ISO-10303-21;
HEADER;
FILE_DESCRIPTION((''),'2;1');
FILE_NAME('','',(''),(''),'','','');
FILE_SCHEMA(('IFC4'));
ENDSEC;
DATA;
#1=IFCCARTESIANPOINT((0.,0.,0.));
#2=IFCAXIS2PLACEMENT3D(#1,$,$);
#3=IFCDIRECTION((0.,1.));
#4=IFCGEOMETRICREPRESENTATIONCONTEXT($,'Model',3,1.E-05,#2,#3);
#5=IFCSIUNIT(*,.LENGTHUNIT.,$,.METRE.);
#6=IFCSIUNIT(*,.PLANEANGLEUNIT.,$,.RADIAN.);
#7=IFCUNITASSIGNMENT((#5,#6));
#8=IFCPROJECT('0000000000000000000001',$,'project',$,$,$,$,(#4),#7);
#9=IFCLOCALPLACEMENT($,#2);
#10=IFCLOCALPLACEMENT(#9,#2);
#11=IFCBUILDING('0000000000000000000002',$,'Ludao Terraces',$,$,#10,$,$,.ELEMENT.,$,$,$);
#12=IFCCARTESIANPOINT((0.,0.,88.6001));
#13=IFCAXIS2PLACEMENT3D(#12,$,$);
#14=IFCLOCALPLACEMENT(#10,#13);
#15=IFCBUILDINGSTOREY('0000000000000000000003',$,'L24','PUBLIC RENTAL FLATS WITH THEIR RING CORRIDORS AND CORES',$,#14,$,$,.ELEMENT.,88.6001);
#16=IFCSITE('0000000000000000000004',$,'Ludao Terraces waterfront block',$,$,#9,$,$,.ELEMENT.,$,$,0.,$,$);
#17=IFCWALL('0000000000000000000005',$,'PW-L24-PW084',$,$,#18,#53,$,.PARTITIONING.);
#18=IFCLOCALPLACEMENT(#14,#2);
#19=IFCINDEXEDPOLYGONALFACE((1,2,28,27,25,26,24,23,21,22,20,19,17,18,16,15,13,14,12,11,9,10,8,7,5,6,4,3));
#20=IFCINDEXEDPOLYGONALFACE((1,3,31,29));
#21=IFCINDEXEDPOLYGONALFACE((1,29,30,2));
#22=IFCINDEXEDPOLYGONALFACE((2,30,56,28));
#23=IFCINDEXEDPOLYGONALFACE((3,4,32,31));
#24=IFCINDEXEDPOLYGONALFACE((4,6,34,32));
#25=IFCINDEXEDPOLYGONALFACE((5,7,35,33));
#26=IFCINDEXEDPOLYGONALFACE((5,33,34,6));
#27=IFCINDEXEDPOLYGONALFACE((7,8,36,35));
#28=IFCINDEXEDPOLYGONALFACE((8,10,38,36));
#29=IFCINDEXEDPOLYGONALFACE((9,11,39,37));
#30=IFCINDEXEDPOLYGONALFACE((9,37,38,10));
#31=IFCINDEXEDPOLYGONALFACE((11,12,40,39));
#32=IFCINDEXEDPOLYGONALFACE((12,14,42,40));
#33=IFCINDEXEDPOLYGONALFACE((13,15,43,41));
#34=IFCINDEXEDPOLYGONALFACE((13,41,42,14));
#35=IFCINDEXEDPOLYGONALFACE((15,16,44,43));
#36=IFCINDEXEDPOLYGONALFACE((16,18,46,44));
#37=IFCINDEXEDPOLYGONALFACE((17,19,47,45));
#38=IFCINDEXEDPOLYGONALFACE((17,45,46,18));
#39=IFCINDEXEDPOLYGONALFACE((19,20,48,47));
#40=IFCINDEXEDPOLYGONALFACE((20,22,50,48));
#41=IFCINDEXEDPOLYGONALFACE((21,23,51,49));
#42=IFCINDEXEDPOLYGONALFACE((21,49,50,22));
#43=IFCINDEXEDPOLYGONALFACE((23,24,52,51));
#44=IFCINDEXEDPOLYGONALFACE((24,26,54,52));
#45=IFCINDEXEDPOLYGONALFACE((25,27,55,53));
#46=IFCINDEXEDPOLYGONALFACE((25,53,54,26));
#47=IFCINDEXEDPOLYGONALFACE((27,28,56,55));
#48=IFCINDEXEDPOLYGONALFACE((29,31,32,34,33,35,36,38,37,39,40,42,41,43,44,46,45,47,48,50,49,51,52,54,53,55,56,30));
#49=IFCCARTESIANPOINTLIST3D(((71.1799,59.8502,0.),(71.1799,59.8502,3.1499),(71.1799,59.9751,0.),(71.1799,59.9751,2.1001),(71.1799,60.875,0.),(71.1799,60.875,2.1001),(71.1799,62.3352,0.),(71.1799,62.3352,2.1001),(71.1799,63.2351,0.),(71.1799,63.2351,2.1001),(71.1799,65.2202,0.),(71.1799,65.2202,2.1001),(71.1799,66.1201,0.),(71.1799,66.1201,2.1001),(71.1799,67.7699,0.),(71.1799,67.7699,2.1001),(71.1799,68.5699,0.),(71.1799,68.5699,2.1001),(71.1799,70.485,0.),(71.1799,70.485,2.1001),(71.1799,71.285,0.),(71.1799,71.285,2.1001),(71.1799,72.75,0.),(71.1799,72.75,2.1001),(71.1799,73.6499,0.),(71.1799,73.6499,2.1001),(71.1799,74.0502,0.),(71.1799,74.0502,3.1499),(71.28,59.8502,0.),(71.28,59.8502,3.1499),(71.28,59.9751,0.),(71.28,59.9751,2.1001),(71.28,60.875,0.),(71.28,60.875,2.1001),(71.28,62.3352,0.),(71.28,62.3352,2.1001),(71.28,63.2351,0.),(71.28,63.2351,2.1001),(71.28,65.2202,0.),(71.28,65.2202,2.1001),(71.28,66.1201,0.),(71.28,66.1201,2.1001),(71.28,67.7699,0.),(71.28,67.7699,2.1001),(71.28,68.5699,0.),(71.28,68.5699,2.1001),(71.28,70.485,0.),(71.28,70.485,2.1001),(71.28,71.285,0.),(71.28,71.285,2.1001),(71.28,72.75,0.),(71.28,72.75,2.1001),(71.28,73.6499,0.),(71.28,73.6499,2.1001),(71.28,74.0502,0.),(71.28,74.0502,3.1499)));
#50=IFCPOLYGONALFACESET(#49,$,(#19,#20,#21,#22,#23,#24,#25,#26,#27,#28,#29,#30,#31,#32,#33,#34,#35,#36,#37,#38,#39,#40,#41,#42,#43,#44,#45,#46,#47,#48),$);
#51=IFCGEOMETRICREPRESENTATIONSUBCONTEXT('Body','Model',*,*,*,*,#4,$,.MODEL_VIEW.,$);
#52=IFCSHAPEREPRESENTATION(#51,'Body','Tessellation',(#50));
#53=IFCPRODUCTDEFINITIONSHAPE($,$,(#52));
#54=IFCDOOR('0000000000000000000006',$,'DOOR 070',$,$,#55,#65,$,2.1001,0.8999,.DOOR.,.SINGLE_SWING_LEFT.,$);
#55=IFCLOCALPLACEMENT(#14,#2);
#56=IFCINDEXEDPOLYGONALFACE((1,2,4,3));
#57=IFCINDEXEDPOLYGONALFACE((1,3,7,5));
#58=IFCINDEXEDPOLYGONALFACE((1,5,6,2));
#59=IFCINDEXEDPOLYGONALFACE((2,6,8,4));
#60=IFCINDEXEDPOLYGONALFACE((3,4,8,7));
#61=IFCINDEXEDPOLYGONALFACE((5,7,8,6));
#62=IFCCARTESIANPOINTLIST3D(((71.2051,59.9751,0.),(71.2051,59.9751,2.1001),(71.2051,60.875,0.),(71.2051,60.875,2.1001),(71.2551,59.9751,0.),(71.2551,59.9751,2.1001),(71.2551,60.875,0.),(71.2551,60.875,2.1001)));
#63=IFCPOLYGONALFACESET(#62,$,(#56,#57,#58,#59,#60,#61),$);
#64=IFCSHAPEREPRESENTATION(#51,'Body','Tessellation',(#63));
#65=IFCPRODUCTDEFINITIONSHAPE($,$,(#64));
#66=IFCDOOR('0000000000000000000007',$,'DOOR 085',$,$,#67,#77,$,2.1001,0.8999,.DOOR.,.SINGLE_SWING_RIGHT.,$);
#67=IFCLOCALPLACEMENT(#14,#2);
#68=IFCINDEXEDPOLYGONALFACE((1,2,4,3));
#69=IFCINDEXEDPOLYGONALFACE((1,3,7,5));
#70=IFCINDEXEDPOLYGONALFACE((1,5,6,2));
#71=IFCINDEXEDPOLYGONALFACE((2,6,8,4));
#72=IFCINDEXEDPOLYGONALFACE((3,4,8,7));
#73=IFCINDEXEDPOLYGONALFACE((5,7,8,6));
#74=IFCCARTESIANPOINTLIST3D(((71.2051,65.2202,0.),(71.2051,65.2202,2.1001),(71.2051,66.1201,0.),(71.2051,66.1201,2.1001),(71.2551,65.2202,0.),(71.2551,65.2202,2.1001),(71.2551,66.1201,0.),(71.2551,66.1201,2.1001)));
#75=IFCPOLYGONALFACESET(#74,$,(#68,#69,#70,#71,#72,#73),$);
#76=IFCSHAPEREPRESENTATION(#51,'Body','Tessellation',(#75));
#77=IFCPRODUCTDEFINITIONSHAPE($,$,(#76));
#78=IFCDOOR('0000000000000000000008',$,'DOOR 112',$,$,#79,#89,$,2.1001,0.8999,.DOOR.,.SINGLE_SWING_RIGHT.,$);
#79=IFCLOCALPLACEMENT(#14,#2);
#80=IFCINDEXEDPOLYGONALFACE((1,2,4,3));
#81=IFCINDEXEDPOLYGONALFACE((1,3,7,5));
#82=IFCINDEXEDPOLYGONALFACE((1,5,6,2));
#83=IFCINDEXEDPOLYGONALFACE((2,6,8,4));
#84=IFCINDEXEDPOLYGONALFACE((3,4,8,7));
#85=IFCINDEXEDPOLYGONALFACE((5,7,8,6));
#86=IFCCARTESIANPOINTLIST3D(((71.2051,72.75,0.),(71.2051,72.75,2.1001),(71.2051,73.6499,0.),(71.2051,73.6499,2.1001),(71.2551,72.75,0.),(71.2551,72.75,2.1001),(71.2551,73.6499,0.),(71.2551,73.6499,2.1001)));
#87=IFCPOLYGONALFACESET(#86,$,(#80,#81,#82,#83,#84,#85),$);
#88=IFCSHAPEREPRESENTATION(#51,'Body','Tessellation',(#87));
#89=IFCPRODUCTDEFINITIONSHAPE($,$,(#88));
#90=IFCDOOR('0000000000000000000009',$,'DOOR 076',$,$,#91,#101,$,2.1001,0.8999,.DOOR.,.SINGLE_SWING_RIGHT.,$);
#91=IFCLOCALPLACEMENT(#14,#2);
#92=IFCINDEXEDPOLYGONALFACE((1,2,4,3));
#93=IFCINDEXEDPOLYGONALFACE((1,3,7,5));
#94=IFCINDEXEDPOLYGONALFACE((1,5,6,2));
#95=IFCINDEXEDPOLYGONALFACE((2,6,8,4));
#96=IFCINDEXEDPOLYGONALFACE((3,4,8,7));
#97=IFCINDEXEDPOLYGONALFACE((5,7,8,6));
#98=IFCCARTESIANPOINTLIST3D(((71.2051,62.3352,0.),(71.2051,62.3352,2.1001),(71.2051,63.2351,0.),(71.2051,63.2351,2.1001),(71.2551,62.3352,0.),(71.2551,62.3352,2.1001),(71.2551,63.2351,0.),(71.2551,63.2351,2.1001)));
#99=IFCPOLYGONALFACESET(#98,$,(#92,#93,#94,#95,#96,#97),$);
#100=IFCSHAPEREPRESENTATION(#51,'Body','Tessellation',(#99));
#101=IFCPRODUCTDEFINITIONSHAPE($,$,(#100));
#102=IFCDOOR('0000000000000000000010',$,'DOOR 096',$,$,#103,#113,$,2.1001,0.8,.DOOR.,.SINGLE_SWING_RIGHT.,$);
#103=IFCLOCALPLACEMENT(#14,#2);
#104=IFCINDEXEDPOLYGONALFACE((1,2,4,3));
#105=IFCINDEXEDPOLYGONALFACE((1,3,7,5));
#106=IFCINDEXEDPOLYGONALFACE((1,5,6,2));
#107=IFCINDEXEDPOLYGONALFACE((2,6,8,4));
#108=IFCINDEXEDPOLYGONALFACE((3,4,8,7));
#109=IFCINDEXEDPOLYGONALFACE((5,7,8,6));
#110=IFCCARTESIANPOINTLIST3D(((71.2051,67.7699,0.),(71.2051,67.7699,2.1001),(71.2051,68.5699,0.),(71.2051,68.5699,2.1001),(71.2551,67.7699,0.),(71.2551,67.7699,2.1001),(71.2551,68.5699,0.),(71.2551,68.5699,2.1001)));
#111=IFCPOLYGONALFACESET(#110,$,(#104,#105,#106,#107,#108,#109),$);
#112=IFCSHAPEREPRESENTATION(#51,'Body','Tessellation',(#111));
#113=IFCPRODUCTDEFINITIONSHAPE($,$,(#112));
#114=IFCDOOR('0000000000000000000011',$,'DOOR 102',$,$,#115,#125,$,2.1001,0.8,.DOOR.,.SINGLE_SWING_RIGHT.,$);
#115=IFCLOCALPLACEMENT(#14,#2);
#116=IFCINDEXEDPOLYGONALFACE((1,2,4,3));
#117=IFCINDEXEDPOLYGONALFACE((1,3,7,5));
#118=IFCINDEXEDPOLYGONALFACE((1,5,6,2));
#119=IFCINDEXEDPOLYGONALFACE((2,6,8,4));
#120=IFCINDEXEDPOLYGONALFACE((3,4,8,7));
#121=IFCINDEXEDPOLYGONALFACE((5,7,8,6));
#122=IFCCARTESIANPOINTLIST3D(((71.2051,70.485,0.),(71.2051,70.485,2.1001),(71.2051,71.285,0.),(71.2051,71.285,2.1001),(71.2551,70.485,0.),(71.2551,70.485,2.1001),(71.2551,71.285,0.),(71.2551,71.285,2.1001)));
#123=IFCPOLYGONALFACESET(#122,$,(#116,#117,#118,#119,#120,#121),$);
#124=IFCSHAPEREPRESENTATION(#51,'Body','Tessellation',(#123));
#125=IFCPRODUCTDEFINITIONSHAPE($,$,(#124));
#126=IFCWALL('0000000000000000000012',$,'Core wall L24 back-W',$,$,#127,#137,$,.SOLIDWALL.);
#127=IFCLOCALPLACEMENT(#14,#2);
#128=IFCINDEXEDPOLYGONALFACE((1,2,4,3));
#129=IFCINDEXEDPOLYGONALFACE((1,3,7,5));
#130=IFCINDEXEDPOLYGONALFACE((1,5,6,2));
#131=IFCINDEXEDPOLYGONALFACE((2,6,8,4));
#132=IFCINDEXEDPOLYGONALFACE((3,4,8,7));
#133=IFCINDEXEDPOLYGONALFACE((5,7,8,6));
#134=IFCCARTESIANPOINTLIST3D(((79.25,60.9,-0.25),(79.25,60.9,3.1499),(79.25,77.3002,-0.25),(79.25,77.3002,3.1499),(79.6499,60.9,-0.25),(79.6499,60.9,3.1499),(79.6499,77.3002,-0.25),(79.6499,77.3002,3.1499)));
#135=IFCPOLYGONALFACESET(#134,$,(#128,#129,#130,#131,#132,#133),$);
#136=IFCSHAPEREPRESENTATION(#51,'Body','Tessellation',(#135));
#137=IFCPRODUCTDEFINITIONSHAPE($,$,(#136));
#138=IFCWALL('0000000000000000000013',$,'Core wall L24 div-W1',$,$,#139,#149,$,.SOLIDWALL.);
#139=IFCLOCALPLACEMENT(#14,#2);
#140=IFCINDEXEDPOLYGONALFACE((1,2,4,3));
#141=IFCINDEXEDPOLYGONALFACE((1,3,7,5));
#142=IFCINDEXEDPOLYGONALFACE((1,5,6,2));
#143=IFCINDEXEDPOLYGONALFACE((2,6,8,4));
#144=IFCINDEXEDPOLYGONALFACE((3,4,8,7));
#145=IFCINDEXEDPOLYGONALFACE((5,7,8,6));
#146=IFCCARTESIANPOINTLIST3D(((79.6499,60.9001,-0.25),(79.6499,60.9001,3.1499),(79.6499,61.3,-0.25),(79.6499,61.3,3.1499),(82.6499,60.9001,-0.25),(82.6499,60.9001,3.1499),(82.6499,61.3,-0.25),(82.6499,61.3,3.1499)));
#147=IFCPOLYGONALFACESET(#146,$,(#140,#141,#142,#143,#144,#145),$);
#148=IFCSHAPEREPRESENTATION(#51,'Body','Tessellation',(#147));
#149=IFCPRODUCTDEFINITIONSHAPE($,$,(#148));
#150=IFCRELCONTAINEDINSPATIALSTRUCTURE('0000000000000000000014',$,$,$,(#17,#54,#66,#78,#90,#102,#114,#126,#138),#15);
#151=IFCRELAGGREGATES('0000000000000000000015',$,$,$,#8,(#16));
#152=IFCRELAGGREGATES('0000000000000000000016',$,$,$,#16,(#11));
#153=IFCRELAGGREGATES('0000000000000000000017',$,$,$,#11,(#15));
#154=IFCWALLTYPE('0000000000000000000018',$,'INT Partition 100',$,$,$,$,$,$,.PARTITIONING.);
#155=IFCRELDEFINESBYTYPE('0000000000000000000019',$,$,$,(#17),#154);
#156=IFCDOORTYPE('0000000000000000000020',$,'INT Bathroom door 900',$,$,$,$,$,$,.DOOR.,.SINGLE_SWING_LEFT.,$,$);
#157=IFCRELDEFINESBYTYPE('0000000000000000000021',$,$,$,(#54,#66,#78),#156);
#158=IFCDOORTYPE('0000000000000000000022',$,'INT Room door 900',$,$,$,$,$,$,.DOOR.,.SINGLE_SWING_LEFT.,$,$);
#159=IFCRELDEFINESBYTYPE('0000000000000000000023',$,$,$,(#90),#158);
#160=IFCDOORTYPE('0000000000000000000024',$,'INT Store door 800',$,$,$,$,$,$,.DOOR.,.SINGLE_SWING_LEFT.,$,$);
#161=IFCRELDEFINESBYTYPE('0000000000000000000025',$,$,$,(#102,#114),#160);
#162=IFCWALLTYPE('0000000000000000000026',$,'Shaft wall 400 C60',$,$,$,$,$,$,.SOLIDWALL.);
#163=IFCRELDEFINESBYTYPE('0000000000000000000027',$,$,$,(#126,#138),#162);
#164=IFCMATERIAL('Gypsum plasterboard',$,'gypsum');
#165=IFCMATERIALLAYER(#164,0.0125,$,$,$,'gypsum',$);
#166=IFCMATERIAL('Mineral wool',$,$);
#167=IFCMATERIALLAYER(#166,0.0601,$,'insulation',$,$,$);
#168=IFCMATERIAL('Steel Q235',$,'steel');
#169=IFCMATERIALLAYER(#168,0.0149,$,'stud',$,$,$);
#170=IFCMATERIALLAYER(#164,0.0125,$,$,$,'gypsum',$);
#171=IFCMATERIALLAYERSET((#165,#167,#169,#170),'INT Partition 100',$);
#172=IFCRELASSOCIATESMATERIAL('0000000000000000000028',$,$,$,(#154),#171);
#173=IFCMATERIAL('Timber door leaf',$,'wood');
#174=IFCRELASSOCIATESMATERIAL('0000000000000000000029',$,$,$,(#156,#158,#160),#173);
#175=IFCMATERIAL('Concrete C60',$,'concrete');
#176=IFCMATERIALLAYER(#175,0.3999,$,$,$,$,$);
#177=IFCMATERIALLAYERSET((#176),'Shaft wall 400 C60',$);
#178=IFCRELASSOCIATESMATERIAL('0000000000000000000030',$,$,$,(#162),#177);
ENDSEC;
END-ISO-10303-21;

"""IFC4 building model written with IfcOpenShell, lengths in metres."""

from ifc_helpers import new_model, si_unit, direction, frame, frame_2d, origin, place, context, subcontext, project, spatial, rectangle, extrude, material, layer, layer_set, type_object, element, fill, save


model = new_model("IFC4")

# Units and contexts
model_context = context("Model", 3, precision=1e-05, world=origin(), true_north=direction((0.0, 1.0)))
body_context = subcontext(model_context, "Body", "Model", "MODEL_VIEW")
ifc_project = project(units=[si_unit("LENGTHUNIT", "METRE"), si_unit("PLANEANGLEUNIT", "RADIAN")], contexts=[model_context])

# Site, building, storey
site_placement = place(None, origin())
site = spatial("IfcSite", under=ifc_project, at=site_placement, Name="Ludao Terraces waterfront block", CompositionType="ELEMENT", RefElevation=0.0)
building_placement = place(site_placement, origin())
building = spatial("IfcBuilding", under=site, at=building_placement, Name="Ludao Terraces", CompositionType="ELEMENT")
storey_placement = place(building_placement, frame((0.0, 0.0, 88.6001)))
storey = spatial("IfcBuildingStorey", under=building, at=storey_placement, Name="L24", Description="PUBLIC RENTAL FLATS WITH THEIR RING CORRIDORS AND CORES", CompositionType="ELEMENT", Elevation=88.6001)

# Shared definitions
ifc_material_1 = material(Name="Mineral wool")
ifc_material_2 = material(Name="Steel Q235", Category="steel")

# Shared definitions
ifc_material_3 = material(Name="Gypsum plasterboard", Category="gypsum")
ifc_layer_1 = layer(ifc_material_3, 0.0125, Category="gypsum")
ifc_layer_2 = layer(ifc_material_1, 0.0601, Name="insulation")
ifc_layer_3 = layer(ifc_material_2, 0.0149, Name="stud")
ifc_layer_4 = layer(ifc_material_3, 0.0125, Category="gypsum")
ifc_layer_set_1 = layer_set([ifc_layer_1, ifc_layer_2, ifc_layer_3, ifc_layer_4], Name="INT Partition 100")
wall_type_1 = type_object("IfcWallType", Name="INT Partition 100", PredefinedType="PARTITIONING", material=ifc_layer_set_1)

# Wall, openings, doors
wall_1_placement = place(storey_placement, frame((71.23, 59.8501, 0.0), z_axis=(0.0, 0.0, 1.0), x_axis=(0.0, 1.0, 0.0)))
wall_1 = element("IfcWall", 1, at=wall_1_placement, inside=storey, type_object=wall_type_1, Name="PW-L24-PW084", PredefinedType="PARTITIONING", context=body_context, shape_type="SweptSolid", body=[
    extrude(rectangle(XDim=14.2, YDim=0.1001, at=frame_2d((7.1001, 0.0))), origin(), (0.0, 0.0, 1.0), 3.1499),
])
opening_1_placement = place(wall_1_placement, frame((0.125, 0.0, 0.0)))
opening_1 = element("IfcOpeningElement", 2, at=opening_1_placement, cuts=wall_1, PredefinedType="OPENING", context=body_context, shape_type="SweptSolid", body=[
    extrude(rectangle(XDim=0.8999, YDim=2.1001, at=frame_2d((0.45, 1.05))), frame((0.0, 0.0601, 0.0), z_axis=(0.0, -1.0, 0.0), x_axis=(1.0, 0.0, 0.0)), (0.0, 0.0, 1.0), 0.1201),
])
opening_2_placement = place(wall_1_placement, frame((2.4851, 0.0, 0.0)))
opening_2 = element("IfcOpeningElement", 3, at=opening_2_placement, cuts=wall_1, PredefinedType="OPENING", context=body_context, shape_type="SweptSolid", body=[
    extrude(rectangle(XDim=0.8999, YDim=2.1001, at=frame_2d((0.45, 1.05))), frame((0.0, 0.0601, 0.0), z_axis=(0.0, -1.0, 0.0), x_axis=(1.0, 0.0, 0.0)), (0.0, 0.0, 1.0), 0.1201),
])
opening_3_placement = place(wall_1_placement, frame((5.3701, 0.0, 0.0)))
opening_3 = element("IfcOpeningElement", 4, at=opening_3_placement, cuts=wall_1, PredefinedType="OPENING", context=body_context, shape_type="SweptSolid", body=[
    extrude(rectangle(XDim=0.8999, YDim=2.1001, at=frame_2d((0.45, 1.05))), frame((0.0, 0.0601, 0.0), z_axis=(0.0, -1.0, 0.0), x_axis=(1.0, 0.0, 0.0)), (0.0, 0.0, 1.0), 0.1201),
])
opening_4_placement = place(wall_1_placement, frame((7.9199, 0.0, 0.0)))
opening_4 = element("IfcOpeningElement", 5, at=opening_4_placement, cuts=wall_1, PredefinedType="OPENING", context=body_context, shape_type="SweptSolid", body=[
    extrude(rectangle(XDim=0.8, YDim=2.1001, at=frame_2d((0.3999, 1.05))), frame((0.0, 0.0601, 0.0), z_axis=(0.0, -1.0, 0.0), x_axis=(1.0, 0.0, 0.0)), (0.0, 0.0, 1.0), 0.1201),
])
opening_5_placement = place(wall_1_placement, frame((10.635, 0.0, 0.0)))
opening_5 = element("IfcOpeningElement", 6, at=opening_5_placement, cuts=wall_1, PredefinedType="OPENING", context=body_context, shape_type="SweptSolid", body=[
    extrude(rectangle(XDim=0.8, YDim=2.1001, at=frame_2d((0.3999, 1.05))), frame((0.0, 0.0601, 0.0), z_axis=(0.0, -1.0, 0.0), x_axis=(1.0, 0.0, 0.0)), (0.0, 0.0, 1.0), 0.1201),
])
opening_6_placement = place(wall_1_placement, frame((12.8999, 0.0, 0.0)))
opening_6 = element("IfcOpeningElement", 7, at=opening_6_placement, cuts=wall_1, PredefinedType="OPENING", context=body_context, shape_type="SweptSolid", body=[
    extrude(rectangle(XDim=0.8999, YDim=2.1001, at=frame_2d((0.45, 1.05))), frame((0.0, 0.0601, 0.0), z_axis=(0.0, -1.0, 0.0), x_axis=(1.0, 0.0, 0.0)), (0.0, 0.0, 1.0), 0.1201),
])
ifc_material_4 = material(Name="Timber door leaf", Category="wood")
door_type_1 = type_object("IfcDoorType", Name="INT Bathroom door 900", OperationType="SINGLE_SWING_LEFT", PredefinedType="DOOR", material=ifc_material_4)
door_1_placement = place(opening_1_placement, origin())
door_1 = element("IfcDoor", 8, at=door_1_placement, inside=storey, type_object=door_type_1, Name="DOOR 070", OperationType="SINGLE_SWING_LEFT", OverallHeight=2.1001, OverallWidth=0.8999, PredefinedType="DOOR", context=body_context, shape_type="SweptSolid", body=[
    extrude(rectangle(XDim=0.8999, YDim=2.1001, at=frame_2d((0.45, 1.05))), frame((0.0, 0.0249, 0.0), z_axis=(0.0, -1.0, 0.0), x_axis=(1.0, 0.0, 0.0)), (0.0, 0.0, 1.0), 0.05),
])
fill(opening_1, door_1)
door_2_placement = place(opening_3_placement, origin())
door_2 = element("IfcDoor", 9, at=door_2_placement, inside=storey, type_object=door_type_1, Name="DOOR 085", OperationType="SINGLE_SWING_RIGHT", OverallHeight=2.1001, OverallWidth=0.8999, PredefinedType="DOOR", context=body_context, shape_type="SweptSolid", body=[
    extrude(rectangle(XDim=0.8999, YDim=2.1001, at=frame_2d((0.45, 1.05))), frame((0.0, 0.0249, 0.0), z_axis=(0.0, -1.0, 0.0), x_axis=(1.0, 0.0, 0.0)), (0.0, 0.0, 1.0), 0.05),
])
fill(opening_3, door_2)
door_3_placement = place(opening_6_placement, origin())
door_3 = element("IfcDoor", 10, at=door_3_placement, inside=storey, type_object=door_type_1, Name="DOOR 112", OperationType="SINGLE_SWING_RIGHT", OverallHeight=2.1001, OverallWidth=0.8999, PredefinedType="DOOR", context=body_context, shape_type="SweptSolid", body=[
    extrude(rectangle(XDim=0.8999, YDim=2.1001, at=frame_2d((0.45, 1.05))), frame((0.0, 0.0249, 0.0), z_axis=(0.0, -1.0, 0.0), x_axis=(1.0, 0.0, 0.0)), (0.0, 0.0, 1.0), 0.05),
])
fill(opening_6, door_3)
door_type_2 = type_object("IfcDoorType", Name="INT Room door 900", OperationType="SINGLE_SWING_LEFT", PredefinedType="DOOR", material=ifc_material_4)
door_4_placement = place(opening_2_placement, origin())
door_4 = element("IfcDoor", 11, at=door_4_placement, inside=storey, type_object=door_type_2, Name="DOOR 076", OperationType="SINGLE_SWING_RIGHT", OverallHeight=2.1001, OverallWidth=0.8999, PredefinedType="DOOR", context=body_context, shape_type="SweptSolid", body=[
    extrude(rectangle(XDim=0.8999, YDim=2.1001, at=frame_2d((0.45, 1.05))), frame((0.0, 0.0249, 0.0), z_axis=(0.0, -1.0, 0.0), x_axis=(1.0, 0.0, 0.0)), (0.0, 0.0, 1.0), 0.05),
])
fill(opening_2, door_4)
door_type_3 = type_object("IfcDoorType", Name="INT Store door 800", OperationType="SINGLE_SWING_LEFT", PredefinedType="DOOR", material=ifc_material_4)
door_5_placement = place(opening_4_placement, origin())
door_5 = element("IfcDoor", 12, at=door_5_placement, inside=storey, type_object=door_type_3, Name="DOOR 096", OperationType="SINGLE_SWING_RIGHT", OverallHeight=2.1001, OverallWidth=0.8, PredefinedType="DOOR", context=body_context, shape_type="SweptSolid", body=[
    extrude(rectangle(XDim=0.8, YDim=2.1001, at=frame_2d((0.3999, 1.05))), frame((0.0, 0.0249, 0.0), z_axis=(0.0, -1.0, 0.0), x_axis=(1.0, 0.0, 0.0)), (0.0, 0.0, 1.0), 0.05),
])
fill(opening_4, door_5)
door_6_placement = place(opening_5_placement, origin())
door_6 = element("IfcDoor", 13, at=door_6_placement, inside=storey, type_object=door_type_3, Name="DOOR 102", OperationType="SINGLE_SWING_RIGHT", OverallHeight=2.1001, OverallWidth=0.8, PredefinedType="DOOR", context=body_context, shape_type="SweptSolid", body=[
    extrude(rectangle(XDim=0.8, YDim=2.1001, at=frame_2d((0.3999, 1.05))), frame((0.0, 0.0249, 0.0), z_axis=(0.0, -1.0, 0.0), x_axis=(1.0, 0.0, 0.0)), (0.0, 0.0, 1.0), 0.05),
])
fill(opening_5, door_6)

# Walls
ifc_material_5 = material(Name="Concrete C60", Category="concrete")
ifc_layer_5 = layer(ifc_material_5, 0.3999)
ifc_layer_set_2 = layer_set([ifc_layer_5], Name="Shaft wall 400 C60")
wall_type_2 = type_object("IfcWallType", Name="Shaft wall 400 C60", PredefinedType="SOLIDWALL", material=ifc_layer_set_2)
wall_2_placement = place(storey_placement, frame((79.45, 60.8999, -0.25), z_axis=(0.0, 0.0, 1.0), x_axis=(0.0, 1.0, 0.0)))
element("IfcWall", 14, at=wall_2_placement, inside=storey, type_object=wall_type_2, Name="Core wall L24 back-W", PredefinedType="SOLIDWALL", context=body_context, shape_type="SweptSolid", body=[
    extrude(rectangle(XDim=16.4001, YDim=0.3999, at=frame_2d((8.2002, 0.0))), origin(), (0.0, 0.0, 1.0), 3.3999),
])
wall_3_placement = place(storey_placement, frame((79.6499, 61.1001, -0.25), z_axis=(0.0, 0.0, 1.0), x_axis=(1.0, 0.0, 0.0)))
element("IfcWall", 15, at=wall_3_placement, inside=storey, type_object=wall_type_2, Name="Core wall L24 div-W1", PredefinedType="SOLIDWALL", context=body_context, shape_type="SweptSolid", body=[
    extrude(rectangle(XDim=3.0, YDim=0.3999, at=frame_2d((1.5, 0.0))), origin(), (0.0, 0.0, 1.0), 3.3999),
])

save(model, "model.ifc")
